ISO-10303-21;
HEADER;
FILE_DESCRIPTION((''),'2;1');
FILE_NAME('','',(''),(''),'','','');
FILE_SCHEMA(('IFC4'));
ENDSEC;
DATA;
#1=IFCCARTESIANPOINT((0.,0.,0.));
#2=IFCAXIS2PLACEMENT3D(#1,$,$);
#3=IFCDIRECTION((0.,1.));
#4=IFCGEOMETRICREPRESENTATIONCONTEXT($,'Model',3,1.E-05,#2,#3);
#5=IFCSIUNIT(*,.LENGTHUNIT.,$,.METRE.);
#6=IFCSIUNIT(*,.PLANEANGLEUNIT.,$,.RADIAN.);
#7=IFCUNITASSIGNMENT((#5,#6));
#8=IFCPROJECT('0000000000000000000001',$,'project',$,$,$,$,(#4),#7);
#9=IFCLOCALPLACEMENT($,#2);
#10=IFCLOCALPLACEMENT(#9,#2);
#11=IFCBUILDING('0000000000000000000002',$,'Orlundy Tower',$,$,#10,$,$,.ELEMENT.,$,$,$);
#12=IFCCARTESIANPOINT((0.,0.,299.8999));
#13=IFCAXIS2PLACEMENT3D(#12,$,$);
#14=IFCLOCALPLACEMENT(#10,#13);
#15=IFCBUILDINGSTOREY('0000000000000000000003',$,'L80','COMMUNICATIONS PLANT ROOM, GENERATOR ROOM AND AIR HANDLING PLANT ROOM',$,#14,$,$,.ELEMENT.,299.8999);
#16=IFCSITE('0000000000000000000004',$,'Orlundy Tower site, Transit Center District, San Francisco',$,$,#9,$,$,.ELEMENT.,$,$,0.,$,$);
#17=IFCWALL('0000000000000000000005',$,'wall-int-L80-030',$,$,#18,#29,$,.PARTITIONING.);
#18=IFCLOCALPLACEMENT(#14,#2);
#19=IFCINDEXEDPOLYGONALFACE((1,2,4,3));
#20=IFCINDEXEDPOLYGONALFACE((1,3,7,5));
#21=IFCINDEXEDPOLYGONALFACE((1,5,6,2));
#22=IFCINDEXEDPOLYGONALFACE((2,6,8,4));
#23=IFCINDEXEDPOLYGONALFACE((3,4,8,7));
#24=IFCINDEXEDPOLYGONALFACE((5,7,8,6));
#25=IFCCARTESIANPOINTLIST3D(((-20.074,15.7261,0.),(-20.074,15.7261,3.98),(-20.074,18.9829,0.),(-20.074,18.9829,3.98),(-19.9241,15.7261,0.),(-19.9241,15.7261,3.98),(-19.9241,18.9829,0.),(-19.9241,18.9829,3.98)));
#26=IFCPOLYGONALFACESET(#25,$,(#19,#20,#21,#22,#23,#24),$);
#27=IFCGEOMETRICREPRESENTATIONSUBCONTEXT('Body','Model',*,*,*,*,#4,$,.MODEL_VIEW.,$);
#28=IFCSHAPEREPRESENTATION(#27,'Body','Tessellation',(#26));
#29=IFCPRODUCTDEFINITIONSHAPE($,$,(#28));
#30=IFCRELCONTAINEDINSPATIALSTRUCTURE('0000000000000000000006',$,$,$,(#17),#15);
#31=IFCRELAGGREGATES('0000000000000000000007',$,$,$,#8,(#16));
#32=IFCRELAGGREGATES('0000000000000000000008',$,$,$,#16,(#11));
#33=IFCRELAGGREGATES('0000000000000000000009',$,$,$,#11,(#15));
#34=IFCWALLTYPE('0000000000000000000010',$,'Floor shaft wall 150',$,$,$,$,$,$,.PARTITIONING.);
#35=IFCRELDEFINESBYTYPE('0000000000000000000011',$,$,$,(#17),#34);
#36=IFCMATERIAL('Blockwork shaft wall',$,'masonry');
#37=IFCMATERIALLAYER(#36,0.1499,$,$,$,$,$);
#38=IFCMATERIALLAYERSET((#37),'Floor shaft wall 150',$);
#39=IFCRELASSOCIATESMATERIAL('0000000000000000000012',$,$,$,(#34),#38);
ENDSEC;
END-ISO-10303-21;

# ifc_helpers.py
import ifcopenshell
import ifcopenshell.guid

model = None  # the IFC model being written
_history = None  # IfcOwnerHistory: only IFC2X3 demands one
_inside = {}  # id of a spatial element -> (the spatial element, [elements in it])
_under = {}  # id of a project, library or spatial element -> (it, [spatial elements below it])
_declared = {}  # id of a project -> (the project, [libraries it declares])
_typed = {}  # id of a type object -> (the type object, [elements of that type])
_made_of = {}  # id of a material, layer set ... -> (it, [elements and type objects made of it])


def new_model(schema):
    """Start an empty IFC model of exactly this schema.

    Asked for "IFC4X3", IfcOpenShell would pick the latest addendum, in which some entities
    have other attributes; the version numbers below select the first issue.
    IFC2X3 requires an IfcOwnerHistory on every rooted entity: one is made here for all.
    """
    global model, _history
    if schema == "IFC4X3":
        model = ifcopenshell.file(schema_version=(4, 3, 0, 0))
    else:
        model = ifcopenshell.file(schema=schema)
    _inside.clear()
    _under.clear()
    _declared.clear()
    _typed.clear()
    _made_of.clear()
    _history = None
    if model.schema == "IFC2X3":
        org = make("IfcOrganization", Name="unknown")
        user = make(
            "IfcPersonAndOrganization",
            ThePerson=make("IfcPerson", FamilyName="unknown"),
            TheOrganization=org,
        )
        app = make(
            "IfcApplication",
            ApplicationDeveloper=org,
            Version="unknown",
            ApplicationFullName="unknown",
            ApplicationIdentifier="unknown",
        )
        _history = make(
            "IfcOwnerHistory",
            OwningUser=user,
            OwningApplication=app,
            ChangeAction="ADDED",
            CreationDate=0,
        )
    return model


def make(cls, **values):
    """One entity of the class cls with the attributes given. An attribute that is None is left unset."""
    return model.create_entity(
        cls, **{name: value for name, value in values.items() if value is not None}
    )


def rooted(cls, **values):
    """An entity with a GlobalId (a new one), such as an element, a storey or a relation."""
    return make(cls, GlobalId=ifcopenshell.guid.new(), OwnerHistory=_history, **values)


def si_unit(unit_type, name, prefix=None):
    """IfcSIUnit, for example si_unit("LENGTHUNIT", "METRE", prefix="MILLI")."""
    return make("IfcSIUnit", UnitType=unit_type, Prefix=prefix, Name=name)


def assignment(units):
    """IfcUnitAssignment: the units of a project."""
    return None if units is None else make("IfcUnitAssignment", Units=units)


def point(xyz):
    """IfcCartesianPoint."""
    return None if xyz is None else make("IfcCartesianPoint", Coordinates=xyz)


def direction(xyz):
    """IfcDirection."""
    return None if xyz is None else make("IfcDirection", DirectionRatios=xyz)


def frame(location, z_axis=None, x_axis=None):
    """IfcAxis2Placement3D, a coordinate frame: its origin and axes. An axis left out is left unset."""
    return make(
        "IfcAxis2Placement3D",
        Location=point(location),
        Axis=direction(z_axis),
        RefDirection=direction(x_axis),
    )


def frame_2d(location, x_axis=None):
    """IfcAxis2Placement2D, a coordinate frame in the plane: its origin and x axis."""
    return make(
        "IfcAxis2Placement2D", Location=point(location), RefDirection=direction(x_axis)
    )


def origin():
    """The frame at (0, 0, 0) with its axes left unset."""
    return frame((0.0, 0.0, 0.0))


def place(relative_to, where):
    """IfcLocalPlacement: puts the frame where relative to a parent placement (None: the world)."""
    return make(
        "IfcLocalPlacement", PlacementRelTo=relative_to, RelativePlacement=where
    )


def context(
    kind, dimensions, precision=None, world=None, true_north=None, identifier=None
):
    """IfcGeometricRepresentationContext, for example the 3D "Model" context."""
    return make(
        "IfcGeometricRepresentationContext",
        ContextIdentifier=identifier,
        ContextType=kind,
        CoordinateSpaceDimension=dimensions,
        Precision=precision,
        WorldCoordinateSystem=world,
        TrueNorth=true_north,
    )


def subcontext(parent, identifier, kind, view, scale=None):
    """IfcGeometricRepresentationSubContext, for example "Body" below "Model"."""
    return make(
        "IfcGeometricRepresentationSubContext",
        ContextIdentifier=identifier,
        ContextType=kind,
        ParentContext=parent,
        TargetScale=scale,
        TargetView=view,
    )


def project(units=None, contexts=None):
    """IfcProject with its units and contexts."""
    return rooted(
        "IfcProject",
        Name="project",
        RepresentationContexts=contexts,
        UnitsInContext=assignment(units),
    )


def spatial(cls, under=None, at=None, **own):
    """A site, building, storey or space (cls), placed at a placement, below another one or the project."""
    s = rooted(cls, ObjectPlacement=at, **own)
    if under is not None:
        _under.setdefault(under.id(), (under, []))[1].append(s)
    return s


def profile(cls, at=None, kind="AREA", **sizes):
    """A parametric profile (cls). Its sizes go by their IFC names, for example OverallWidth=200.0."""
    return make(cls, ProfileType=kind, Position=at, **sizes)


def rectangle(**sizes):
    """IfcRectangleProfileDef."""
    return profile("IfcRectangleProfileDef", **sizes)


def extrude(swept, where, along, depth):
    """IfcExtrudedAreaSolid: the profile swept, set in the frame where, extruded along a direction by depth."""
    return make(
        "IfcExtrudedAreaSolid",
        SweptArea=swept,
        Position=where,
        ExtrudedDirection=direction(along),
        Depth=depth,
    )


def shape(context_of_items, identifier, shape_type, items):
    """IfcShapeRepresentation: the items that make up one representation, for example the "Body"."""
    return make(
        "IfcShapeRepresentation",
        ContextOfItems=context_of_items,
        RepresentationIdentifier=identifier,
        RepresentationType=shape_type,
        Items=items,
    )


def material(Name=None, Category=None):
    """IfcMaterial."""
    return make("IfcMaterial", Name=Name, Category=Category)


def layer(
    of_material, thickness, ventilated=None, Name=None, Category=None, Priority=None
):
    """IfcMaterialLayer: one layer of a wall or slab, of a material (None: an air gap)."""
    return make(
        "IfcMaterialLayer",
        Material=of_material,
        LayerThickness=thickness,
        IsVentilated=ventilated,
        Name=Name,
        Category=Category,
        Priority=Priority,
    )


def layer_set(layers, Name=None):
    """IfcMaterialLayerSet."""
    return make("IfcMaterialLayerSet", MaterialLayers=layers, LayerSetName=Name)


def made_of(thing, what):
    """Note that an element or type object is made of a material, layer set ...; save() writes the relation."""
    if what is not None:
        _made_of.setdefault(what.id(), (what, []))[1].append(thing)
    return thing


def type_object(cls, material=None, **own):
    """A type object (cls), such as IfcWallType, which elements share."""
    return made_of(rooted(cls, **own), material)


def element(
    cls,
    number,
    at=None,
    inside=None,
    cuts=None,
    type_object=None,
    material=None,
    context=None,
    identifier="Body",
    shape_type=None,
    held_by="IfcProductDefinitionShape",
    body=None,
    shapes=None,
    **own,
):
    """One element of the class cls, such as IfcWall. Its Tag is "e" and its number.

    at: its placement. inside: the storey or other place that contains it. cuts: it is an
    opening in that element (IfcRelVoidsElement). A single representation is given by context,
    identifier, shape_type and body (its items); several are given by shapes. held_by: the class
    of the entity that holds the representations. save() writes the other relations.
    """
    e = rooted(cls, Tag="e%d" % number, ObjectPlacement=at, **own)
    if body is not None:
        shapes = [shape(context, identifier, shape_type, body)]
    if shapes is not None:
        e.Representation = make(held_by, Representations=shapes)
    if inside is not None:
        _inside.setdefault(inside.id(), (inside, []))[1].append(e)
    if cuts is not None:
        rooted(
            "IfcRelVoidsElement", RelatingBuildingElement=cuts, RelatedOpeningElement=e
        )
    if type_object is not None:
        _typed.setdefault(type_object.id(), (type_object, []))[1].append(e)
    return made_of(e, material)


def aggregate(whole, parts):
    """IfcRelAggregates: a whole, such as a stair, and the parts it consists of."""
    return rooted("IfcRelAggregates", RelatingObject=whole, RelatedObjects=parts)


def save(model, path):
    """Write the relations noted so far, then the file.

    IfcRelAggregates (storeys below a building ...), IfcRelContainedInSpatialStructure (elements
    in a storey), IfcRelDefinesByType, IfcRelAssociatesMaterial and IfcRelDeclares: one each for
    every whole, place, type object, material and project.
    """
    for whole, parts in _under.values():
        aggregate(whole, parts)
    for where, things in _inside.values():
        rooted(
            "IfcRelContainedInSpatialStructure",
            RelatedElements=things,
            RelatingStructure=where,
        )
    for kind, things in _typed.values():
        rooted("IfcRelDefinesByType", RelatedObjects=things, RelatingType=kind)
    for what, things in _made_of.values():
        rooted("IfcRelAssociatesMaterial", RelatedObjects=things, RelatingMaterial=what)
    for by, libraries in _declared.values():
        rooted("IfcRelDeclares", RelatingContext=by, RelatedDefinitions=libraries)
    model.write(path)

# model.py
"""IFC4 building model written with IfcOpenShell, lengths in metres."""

from ifc_helpers import new_model, si_unit, direction, frame, frame_2d, origin, place, context, subcontext, project, spatial, rectangle, extrude, material, layer, layer_set, type_object, element, save


model = new_model("IFC4")

# Units and contexts
model_context = context("Model", 3, precision=1e-05, world=origin(), true_north=direction((0.0, 1.0)))
body_context = subcontext(model_context, "Body", "Model", "MODEL_VIEW")
ifc_project = project(units=[si_unit("LENGTHUNIT", "METRE"), si_unit("PLANEANGLEUNIT", "RADIAN")], contexts=[model_context])

# Site, building, storey
site_placement = place(None, origin())
site = spatial("IfcSite", under=ifc_project, at=site_placement, Name="Orlundy Tower site, Transit Center District, San Francisco", CompositionType="ELEMENT", RefElevation=0.0)
building_placement = place(site_placement, origin())
building = spatial("IfcBuilding", under=site, at=building_placement, Name="Orlundy Tower", CompositionType="ELEMENT")
storey_placement = place(building_placement, frame((0.0, 0.0, 299.8999)))
storey = spatial("IfcBuildingStorey", under=building, at=storey_placement, Name="L80", Description="COMMUNICATIONS PLANT ROOM, GENERATOR ROOM AND AIR HANDLING PLANT ROOM", CompositionType="ELEMENT", Elevation=299.8999)

# Shared definitions
ifc_material_1 = material(Name="Blockwork shaft wall", Category="masonry")
ifc_layer_1 = layer(ifc_material_1, 0.1499)
ifc_layer_set_1 = layer_set([ifc_layer_1], Name="Floor shaft wall 150")
wall_type = type_object("IfcWallType", Name="Floor shaft wall 150", PredefinedType="PARTITIONING", material=ifc_layer_set_1)

# Wall
wall_1_placement = place(storey_placement, frame((-19.999, 15.7261, 0.0), z_axis=(0.0, 0.0, 1.0), x_axis=(0.0, 1.0, 0.0)))
element("IfcWall", 1, at=wall_1_placement, inside=storey, type_object=wall_type, Name="wall-int-L80-030", PredefinedType="PARTITIONING", context=body_context, shape_type="SweptSolid", body=[
    extrude(rectangle(XDim=3.2568, YDim=0.1499, at=frame_2d((1.6284, 0.0))), origin(), (0.0, 0.0, 1.0), 3.98),
])

save(model, "model.ifc")
